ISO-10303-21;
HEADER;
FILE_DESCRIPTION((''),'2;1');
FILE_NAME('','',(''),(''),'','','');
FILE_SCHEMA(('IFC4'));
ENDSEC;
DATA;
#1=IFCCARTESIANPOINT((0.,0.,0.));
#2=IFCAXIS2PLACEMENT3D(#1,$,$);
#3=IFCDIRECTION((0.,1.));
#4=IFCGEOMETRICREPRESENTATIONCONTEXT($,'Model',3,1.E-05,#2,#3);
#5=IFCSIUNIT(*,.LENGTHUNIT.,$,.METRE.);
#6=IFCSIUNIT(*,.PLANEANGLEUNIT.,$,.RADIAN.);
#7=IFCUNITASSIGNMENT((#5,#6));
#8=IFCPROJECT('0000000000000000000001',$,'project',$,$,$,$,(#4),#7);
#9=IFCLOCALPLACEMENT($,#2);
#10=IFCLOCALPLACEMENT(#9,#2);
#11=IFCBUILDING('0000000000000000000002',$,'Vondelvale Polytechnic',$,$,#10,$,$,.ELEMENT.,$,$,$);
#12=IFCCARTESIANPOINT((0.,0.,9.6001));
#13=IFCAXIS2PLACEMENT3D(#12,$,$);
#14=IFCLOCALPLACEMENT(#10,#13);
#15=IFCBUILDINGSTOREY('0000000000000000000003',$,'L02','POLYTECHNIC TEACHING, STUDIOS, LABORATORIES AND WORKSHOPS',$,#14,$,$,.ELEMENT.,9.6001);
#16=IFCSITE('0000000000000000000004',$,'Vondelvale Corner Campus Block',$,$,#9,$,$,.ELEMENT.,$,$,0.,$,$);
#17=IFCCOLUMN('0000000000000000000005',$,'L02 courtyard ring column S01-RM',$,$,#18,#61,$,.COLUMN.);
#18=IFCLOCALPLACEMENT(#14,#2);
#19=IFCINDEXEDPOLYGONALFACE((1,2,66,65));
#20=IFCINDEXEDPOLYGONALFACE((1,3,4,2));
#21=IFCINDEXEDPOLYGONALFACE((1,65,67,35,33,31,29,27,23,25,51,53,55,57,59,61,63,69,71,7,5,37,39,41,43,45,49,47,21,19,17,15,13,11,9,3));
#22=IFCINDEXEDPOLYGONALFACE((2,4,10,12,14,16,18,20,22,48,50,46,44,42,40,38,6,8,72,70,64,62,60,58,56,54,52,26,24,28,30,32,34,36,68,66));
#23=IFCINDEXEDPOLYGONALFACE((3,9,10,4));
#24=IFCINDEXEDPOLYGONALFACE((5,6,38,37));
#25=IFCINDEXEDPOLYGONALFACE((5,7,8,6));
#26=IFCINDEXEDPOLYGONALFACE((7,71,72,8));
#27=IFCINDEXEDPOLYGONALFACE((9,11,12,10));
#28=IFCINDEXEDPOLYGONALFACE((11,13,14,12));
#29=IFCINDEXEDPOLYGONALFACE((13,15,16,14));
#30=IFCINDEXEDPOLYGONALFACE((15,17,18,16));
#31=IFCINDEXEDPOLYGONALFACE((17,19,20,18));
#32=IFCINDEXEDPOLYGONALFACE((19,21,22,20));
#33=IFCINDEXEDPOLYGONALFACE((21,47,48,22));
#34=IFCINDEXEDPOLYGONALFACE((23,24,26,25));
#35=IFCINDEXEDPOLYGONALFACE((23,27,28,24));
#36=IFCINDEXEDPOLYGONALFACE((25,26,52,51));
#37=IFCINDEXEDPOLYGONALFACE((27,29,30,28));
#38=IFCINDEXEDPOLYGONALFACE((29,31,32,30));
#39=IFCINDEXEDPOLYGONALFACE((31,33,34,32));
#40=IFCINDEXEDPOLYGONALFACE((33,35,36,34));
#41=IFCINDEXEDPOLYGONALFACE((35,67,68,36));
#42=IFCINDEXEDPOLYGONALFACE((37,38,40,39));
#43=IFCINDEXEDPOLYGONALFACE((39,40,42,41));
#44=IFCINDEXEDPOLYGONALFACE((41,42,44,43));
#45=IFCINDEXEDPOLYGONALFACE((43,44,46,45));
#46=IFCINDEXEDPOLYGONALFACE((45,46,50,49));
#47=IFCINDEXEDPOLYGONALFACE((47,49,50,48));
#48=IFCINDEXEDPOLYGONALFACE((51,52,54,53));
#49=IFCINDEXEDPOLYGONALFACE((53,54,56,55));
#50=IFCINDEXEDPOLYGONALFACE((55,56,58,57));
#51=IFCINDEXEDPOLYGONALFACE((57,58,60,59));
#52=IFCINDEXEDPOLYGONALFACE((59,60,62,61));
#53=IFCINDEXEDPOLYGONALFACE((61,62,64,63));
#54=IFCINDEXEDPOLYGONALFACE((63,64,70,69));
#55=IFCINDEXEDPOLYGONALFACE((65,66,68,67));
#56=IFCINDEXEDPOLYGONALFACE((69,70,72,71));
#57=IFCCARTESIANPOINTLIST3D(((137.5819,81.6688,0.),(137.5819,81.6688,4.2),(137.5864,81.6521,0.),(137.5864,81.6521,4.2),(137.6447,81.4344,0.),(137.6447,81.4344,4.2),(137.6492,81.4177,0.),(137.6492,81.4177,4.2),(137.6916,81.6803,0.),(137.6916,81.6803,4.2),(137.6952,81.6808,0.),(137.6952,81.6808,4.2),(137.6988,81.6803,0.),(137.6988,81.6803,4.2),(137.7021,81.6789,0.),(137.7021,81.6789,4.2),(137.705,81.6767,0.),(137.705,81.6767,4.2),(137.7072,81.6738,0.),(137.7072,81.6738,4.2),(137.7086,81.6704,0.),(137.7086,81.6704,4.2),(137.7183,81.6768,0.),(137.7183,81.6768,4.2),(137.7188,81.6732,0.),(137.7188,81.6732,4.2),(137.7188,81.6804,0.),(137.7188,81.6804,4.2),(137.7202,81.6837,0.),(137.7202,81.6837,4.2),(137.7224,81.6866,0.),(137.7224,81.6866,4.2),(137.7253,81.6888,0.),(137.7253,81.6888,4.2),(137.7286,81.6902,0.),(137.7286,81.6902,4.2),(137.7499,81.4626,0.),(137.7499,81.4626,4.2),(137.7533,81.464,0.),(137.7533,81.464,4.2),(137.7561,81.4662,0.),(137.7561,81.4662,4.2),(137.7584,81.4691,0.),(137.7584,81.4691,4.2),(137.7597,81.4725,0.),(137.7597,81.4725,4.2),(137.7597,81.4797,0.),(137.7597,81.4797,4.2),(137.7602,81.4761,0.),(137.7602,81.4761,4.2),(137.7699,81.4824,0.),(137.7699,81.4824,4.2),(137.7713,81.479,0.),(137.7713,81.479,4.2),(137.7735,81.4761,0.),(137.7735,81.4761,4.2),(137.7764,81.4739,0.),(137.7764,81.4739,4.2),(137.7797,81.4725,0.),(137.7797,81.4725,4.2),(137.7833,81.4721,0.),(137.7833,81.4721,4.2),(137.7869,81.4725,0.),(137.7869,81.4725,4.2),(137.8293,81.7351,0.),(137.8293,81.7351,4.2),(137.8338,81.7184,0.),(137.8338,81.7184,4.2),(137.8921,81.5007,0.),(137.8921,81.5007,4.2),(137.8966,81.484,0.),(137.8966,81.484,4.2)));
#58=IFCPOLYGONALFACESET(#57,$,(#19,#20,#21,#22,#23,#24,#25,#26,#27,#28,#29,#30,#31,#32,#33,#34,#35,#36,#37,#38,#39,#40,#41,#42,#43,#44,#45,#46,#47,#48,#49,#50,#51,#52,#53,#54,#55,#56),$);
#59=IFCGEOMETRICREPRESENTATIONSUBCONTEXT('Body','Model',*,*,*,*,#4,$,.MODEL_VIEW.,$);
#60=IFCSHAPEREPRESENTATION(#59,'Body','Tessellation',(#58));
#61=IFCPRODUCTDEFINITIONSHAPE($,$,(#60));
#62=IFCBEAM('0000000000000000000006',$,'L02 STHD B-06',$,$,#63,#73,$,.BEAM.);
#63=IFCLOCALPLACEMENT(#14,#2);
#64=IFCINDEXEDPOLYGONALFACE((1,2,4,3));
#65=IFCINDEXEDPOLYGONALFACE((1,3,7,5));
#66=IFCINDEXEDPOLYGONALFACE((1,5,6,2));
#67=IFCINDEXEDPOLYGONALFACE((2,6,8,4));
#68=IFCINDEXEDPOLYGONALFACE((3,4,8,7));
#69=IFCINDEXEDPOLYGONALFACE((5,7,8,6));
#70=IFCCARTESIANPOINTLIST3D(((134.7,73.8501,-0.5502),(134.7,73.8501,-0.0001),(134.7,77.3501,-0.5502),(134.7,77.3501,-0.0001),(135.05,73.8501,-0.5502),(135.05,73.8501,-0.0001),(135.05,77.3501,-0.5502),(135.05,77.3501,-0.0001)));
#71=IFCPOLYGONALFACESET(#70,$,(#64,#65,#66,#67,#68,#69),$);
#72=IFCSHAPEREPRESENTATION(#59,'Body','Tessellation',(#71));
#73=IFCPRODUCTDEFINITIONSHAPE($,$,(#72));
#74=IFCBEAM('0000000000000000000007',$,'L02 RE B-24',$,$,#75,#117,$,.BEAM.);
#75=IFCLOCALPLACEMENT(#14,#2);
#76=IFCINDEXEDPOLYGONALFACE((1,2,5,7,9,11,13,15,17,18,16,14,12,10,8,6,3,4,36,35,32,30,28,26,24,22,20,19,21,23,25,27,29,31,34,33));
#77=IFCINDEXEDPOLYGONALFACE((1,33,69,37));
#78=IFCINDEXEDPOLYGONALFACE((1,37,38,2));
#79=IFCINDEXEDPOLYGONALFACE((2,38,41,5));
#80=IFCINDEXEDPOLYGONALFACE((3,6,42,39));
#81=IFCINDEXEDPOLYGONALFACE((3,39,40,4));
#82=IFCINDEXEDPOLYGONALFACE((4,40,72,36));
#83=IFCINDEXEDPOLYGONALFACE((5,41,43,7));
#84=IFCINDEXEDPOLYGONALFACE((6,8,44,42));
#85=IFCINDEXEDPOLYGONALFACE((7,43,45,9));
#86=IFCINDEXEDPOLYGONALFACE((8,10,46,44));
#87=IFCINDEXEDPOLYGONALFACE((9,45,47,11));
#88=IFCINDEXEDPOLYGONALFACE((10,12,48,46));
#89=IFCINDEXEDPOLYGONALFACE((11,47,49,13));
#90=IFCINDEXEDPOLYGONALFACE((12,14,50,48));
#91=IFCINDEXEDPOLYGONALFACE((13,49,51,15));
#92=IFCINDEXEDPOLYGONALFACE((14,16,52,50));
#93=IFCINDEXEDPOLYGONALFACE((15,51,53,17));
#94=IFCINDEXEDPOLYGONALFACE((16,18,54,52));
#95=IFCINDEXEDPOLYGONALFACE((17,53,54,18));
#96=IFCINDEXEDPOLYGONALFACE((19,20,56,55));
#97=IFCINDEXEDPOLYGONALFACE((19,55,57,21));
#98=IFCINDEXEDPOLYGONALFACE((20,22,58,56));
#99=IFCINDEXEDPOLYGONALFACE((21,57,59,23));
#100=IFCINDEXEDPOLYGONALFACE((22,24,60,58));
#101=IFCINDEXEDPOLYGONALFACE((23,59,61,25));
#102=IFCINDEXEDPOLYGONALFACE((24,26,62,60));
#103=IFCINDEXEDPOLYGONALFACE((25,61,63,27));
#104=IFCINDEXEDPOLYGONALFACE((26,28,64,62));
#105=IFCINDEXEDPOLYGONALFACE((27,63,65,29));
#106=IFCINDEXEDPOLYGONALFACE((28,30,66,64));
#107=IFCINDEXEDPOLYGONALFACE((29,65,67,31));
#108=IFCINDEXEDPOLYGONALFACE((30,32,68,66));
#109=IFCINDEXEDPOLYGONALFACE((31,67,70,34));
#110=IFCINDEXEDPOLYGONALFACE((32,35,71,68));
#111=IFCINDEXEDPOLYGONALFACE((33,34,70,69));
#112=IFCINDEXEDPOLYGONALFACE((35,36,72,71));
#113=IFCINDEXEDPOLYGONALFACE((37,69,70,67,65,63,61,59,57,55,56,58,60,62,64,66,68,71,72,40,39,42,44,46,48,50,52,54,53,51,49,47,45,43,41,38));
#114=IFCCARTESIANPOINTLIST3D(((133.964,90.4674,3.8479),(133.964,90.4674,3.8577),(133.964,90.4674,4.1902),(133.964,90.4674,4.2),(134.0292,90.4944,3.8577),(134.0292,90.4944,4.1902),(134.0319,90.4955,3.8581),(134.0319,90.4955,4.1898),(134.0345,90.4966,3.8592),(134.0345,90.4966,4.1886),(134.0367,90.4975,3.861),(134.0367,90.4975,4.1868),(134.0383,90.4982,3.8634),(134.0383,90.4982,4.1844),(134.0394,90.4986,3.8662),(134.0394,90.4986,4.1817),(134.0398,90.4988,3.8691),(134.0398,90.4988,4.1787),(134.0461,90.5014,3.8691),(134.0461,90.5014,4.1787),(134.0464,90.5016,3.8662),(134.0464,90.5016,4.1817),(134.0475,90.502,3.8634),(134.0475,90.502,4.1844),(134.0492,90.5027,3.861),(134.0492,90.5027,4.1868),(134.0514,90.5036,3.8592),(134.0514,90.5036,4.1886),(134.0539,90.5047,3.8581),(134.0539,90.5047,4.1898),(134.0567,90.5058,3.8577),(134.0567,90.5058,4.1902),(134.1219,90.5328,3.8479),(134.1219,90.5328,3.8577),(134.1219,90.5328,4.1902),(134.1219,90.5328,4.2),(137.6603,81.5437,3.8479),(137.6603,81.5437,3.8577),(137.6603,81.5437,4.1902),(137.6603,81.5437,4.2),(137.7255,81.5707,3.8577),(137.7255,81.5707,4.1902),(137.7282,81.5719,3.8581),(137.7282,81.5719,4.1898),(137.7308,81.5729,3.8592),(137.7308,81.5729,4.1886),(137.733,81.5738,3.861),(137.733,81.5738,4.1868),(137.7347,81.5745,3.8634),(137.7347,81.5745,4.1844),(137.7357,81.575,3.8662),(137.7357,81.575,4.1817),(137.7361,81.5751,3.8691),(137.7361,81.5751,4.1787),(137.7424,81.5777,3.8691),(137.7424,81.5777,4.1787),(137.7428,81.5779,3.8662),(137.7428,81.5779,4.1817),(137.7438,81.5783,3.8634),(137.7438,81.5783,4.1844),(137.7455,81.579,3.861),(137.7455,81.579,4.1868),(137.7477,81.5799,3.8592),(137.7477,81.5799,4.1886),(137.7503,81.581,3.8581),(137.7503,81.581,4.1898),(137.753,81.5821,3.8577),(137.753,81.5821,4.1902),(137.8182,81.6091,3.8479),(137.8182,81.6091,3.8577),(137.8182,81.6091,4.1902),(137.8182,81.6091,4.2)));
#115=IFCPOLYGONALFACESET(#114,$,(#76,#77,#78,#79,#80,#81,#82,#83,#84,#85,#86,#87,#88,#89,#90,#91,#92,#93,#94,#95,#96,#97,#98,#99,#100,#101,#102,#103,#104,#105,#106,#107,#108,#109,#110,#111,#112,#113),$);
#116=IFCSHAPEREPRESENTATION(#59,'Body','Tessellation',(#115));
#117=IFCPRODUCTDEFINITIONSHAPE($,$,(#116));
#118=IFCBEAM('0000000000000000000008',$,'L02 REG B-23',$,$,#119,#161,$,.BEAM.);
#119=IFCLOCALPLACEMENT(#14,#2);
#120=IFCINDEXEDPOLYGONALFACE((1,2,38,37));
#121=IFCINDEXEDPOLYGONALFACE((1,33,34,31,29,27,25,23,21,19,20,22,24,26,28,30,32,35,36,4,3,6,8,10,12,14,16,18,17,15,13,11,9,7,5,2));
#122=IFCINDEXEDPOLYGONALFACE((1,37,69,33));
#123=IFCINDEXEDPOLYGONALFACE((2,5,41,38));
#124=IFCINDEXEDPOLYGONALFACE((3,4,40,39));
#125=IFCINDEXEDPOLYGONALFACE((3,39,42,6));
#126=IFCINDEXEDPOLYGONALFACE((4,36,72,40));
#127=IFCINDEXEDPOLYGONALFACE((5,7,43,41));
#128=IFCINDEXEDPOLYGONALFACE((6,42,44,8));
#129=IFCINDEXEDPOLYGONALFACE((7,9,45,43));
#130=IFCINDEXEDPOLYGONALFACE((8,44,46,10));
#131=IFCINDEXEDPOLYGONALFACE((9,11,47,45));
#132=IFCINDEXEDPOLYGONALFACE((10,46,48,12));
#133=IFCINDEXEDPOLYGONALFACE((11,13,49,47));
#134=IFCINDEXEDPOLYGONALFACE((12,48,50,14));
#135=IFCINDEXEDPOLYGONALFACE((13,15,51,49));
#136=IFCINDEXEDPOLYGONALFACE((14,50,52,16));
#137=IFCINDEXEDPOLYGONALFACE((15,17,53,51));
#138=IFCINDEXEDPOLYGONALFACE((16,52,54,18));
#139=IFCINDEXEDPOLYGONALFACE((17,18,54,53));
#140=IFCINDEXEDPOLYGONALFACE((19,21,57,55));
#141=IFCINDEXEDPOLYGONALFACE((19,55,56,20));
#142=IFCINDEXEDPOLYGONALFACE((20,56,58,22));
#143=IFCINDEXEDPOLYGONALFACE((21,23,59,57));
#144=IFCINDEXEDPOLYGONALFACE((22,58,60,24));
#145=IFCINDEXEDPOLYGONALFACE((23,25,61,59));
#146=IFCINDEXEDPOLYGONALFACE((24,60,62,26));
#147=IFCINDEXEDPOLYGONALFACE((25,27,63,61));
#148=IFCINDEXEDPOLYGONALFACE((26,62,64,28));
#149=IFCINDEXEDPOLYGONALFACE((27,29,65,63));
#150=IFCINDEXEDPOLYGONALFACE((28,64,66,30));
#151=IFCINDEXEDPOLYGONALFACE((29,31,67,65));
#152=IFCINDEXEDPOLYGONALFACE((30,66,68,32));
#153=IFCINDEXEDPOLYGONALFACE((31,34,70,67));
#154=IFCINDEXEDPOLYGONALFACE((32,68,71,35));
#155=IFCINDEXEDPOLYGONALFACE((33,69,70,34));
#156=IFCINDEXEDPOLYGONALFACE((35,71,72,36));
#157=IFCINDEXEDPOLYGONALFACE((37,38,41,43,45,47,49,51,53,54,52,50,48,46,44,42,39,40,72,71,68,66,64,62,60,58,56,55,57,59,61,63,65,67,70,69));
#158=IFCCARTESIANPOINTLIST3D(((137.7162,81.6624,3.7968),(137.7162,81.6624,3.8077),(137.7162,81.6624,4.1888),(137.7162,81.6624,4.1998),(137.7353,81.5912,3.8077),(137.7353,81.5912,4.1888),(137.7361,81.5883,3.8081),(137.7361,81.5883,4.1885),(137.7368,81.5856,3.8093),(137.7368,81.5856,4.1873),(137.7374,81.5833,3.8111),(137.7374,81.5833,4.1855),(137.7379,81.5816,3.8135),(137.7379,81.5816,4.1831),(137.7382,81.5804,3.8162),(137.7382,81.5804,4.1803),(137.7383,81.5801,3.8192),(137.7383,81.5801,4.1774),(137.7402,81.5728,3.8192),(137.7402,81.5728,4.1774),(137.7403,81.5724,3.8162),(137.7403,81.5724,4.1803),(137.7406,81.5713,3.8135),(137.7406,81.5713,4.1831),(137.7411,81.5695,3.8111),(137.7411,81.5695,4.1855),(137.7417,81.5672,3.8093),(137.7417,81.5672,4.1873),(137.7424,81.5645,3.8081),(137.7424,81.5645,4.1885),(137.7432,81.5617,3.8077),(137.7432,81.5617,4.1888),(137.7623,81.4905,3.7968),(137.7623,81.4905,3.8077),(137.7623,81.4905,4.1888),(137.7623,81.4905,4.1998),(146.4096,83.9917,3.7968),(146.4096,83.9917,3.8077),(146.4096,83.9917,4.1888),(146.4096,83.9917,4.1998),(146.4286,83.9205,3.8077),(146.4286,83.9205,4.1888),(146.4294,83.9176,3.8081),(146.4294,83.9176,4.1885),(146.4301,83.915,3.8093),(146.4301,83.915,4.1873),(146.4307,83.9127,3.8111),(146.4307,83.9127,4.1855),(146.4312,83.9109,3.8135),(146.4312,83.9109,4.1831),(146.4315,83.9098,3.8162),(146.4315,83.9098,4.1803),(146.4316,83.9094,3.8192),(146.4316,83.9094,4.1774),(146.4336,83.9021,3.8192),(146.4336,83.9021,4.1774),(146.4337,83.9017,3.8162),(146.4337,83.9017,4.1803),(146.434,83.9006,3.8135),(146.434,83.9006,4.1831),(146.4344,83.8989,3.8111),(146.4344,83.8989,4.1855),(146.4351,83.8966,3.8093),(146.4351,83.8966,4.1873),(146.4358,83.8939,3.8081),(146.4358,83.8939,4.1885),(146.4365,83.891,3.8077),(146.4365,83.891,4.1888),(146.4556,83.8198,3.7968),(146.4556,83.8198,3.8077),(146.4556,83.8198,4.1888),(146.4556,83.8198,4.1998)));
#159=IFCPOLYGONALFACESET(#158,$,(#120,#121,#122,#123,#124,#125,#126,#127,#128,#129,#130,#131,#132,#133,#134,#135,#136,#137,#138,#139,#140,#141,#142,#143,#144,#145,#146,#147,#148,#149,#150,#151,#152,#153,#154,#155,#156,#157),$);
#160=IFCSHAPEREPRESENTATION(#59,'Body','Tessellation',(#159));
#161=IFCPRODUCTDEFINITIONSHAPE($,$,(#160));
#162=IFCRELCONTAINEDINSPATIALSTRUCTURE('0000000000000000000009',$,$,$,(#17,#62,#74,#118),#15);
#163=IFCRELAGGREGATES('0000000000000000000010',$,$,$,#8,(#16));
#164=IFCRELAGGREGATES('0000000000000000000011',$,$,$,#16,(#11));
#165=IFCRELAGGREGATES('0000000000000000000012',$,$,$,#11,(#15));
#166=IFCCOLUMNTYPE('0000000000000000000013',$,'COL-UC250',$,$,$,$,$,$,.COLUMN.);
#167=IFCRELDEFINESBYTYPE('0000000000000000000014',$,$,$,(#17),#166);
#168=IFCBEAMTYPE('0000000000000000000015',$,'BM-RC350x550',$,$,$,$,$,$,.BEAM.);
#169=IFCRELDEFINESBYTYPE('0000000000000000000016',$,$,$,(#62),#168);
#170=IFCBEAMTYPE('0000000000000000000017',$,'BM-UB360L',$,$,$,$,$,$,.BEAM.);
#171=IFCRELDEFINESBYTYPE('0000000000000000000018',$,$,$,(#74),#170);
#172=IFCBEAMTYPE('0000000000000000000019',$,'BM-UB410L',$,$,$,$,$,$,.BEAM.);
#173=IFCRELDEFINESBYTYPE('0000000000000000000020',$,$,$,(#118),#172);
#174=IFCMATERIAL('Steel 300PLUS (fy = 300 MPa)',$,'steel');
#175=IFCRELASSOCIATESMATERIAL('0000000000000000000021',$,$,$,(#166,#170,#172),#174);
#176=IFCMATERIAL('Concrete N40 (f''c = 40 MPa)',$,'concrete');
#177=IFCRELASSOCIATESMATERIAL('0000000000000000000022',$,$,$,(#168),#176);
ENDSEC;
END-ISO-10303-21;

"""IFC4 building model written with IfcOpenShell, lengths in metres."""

from ifc_helpers import new_model, si_unit, direction, frame, origin, origin_2d, place, context, subcontext, project, spatial, rectangle, i_section, extrude, material, material_profile, profile_set, type_object, element, save


model = new_model("IFC4")

# Units and contexts
model_context = context("Model", 3, precision=1e-05, world=origin(), true_north=direction((0.0, 1.0)))
body_context = subcontext(model_context, "Body", "Model", "MODEL_VIEW")
ifc_project = project(units=[si_unit("LENGTHUNIT", "METRE"), si_unit("PLANEANGLEUNIT", "RADIAN")], contexts=[model_context])

# Site, building, storey
site_placement = place(None, origin())
site = spatial("IfcSite", under=ifc_project, at=site_placement, Name="Vondelvale Corner Campus Block", CompositionType="ELEMENT", RefElevation=0.0)
building_placement = place(site_placement, origin())
building = spatial("IfcBuilding", under=site, at=building_placement, Name="Vondelvale Polytechnic", CompositionType="ELEMENT")
storey_placement = place(building_placement, frame((0.0, 0.0, 9.6001)))
storey = spatial("IfcBuildingStorey", under=building, at=storey_placement, Name="L02", Description="POLYTECHNIC TEACHING, STUDIOS, LABORATORIES AND WORKSHOPS", CompositionType="ELEMENT", Elevation=9.6001)

# Column
ifc_material_1 = material(Name="Steel 300PLUS (fy = 300 MPa)", Category="steel")
ifc_material_profile_1 = material_profile(ifc_material_1, i_section(OverallWidth=0.2561, OverallDepth=0.26, WebThickness=0.0105, FlangeThickness=0.0173, FilletRadius=0.0139, at=origin_2d()), Name="250UC89.5")
ifc_profile_set_1 = profile_set([ifc_material_profile_1], Name="Steel 300PLUS (fy = 300 MPa)")
column_type = type_object("IfcColumnType", Name="COL-UC250", PredefinedType="COLUMN", material=ifc_profile_set_1)
column_placement = place(storey_placement, frame((137.7393, 81.5764, 0.0), z_axis=(0.0, 0.0, 1.0), x_axis=(0.965926, 0.258819, 0.0)))
element("IfcColumn", 1, at=column_placement, inside=storey, type_object=column_type, Name="L02 courtyard ring column S01-RM", PredefinedType="COLUMN", context=body_context, shape_type="SweptSolid", body=[
    extrude(i_section(OverallWidth=0.2561, OverallDepth=0.26, WebThickness=0.0105, FlangeThickness=0.0173, FilletRadius=0.0139, at=origin_2d()), origin(), (0.0, 0.0, 1.0), 4.2),
])

# Beams
ifc_material_2 = material(Name="Concrete N40 (f'c = 40 MPa)", Category="concrete")
ifc_material_profile_2 = material_profile(ifc_material_2, rectangle(XDim=0.3501, YDim=0.55, at=origin_2d()), Name="RC-BM-350x550")
ifc_profile_set_2 = profile_set([ifc_material_profile_2], Name="Concrete N40 (f'c = 40 MPa)")
beam_type_1 = type_object("IfcBeamType", Name="BM-RC350x550", PredefinedType="BEAM", material=ifc_profile_set_2)
beam_1_placement = place(storey_placement, frame((134.875, 73.8501, -0.2751), z_axis=(0.0, 1.0, 0.0), x_axis=(-1.0, 0.0, 0.0)))
element("IfcBeam", 2, at=beam_1_placement, inside=storey, type_object=beam_type_1, Name="L02 STHD B-06", PredefinedType="BEAM", context=body_context, shape_type="SweptSolid", body=[
    extrude(rectangle(XDim=0.3501, YDim=0.55, at=origin_2d()), origin(), (0.0, 0.0, 1.0), 3.5),
])
ifc_material_profile_3 = material_profile(ifc_material_1, i_section(OverallWidth=0.1709, OverallDepth=0.3521, WebThickness=0.0068, FlangeThickness=0.0098, FilletRadius=0.0115, at=origin_2d()), Name="360UB44.7")
ifc_profile_set_3 = profile_set([ifc_material_profile_3], Name="Steel 300PLUS (fy = 300 MPa)")
beam_type_2 = type_object("IfcBeamType", Name="BM-UB360L", PredefinedType="BEAM", material=ifc_profile_set_3)
beam_2_placement = place(storey_placement, frame((137.7393, 81.5764, 4.0239), z_axis=(-0.382685, 0.923879, 0.0), x_axis=(-0.923879, -0.382685, 0.0)))
element("IfcBeam", 3, at=beam_2_placement, inside=storey, type_object=beam_type_2, Name="L02 RE B-24", PredefinedType="BEAM", context=body_context, shape_type="SweptSolid", body=[
    extrude(i_section(OverallWidth=0.1709, OverallDepth=0.3521, WebThickness=0.0068, FlangeThickness=0.0098, FilletRadius=0.0115, at=origin_2d()), origin(), (0.0, 0.0, 1.0), 9.6589),
])
ifc_material_profile_4 = material_profile(ifc_material_1, i_section(OverallWidth=0.178, OverallDepth=0.4031, WebThickness=0.0076, FlangeThickness=0.011, FilletRadius=0.0115, at=origin_2d()), Name="410UB53.7")
ifc_profile_set_4 = profile_set([ifc_material_profile_4], Name="Steel 300PLUS (fy = 300 MPa)")
beam_type_3 = type_object("IfcBeamType", Name="BM-UB410L", PredefinedType="BEAM", material=ifc_profile_set_4)
beam_3_placement = place(storey_placement, frame((137.7393, 81.5764, 3.9983), z_axis=(0.965927, 0.258816, 0.0), x_axis=(-0.258816, 0.965927, 0.0)))
element("IfcBeam", 4, at=beam_3_placement, inside=storey, type_object=beam_type_3, Name="L02 REG B-23", PredefinedType="BEAM", context=body_context, shape_type="SweptSolid", body=[
    extrude(i_section(OverallWidth=0.178, OverallDepth=0.4031, WebThickness=0.0076, FlangeThickness=0.011, FilletRadius=0.0115, at=origin_2d()), origin(), (0.0, 0.0, 1.0), 9.0),
])

save(model, "model.ifc")
